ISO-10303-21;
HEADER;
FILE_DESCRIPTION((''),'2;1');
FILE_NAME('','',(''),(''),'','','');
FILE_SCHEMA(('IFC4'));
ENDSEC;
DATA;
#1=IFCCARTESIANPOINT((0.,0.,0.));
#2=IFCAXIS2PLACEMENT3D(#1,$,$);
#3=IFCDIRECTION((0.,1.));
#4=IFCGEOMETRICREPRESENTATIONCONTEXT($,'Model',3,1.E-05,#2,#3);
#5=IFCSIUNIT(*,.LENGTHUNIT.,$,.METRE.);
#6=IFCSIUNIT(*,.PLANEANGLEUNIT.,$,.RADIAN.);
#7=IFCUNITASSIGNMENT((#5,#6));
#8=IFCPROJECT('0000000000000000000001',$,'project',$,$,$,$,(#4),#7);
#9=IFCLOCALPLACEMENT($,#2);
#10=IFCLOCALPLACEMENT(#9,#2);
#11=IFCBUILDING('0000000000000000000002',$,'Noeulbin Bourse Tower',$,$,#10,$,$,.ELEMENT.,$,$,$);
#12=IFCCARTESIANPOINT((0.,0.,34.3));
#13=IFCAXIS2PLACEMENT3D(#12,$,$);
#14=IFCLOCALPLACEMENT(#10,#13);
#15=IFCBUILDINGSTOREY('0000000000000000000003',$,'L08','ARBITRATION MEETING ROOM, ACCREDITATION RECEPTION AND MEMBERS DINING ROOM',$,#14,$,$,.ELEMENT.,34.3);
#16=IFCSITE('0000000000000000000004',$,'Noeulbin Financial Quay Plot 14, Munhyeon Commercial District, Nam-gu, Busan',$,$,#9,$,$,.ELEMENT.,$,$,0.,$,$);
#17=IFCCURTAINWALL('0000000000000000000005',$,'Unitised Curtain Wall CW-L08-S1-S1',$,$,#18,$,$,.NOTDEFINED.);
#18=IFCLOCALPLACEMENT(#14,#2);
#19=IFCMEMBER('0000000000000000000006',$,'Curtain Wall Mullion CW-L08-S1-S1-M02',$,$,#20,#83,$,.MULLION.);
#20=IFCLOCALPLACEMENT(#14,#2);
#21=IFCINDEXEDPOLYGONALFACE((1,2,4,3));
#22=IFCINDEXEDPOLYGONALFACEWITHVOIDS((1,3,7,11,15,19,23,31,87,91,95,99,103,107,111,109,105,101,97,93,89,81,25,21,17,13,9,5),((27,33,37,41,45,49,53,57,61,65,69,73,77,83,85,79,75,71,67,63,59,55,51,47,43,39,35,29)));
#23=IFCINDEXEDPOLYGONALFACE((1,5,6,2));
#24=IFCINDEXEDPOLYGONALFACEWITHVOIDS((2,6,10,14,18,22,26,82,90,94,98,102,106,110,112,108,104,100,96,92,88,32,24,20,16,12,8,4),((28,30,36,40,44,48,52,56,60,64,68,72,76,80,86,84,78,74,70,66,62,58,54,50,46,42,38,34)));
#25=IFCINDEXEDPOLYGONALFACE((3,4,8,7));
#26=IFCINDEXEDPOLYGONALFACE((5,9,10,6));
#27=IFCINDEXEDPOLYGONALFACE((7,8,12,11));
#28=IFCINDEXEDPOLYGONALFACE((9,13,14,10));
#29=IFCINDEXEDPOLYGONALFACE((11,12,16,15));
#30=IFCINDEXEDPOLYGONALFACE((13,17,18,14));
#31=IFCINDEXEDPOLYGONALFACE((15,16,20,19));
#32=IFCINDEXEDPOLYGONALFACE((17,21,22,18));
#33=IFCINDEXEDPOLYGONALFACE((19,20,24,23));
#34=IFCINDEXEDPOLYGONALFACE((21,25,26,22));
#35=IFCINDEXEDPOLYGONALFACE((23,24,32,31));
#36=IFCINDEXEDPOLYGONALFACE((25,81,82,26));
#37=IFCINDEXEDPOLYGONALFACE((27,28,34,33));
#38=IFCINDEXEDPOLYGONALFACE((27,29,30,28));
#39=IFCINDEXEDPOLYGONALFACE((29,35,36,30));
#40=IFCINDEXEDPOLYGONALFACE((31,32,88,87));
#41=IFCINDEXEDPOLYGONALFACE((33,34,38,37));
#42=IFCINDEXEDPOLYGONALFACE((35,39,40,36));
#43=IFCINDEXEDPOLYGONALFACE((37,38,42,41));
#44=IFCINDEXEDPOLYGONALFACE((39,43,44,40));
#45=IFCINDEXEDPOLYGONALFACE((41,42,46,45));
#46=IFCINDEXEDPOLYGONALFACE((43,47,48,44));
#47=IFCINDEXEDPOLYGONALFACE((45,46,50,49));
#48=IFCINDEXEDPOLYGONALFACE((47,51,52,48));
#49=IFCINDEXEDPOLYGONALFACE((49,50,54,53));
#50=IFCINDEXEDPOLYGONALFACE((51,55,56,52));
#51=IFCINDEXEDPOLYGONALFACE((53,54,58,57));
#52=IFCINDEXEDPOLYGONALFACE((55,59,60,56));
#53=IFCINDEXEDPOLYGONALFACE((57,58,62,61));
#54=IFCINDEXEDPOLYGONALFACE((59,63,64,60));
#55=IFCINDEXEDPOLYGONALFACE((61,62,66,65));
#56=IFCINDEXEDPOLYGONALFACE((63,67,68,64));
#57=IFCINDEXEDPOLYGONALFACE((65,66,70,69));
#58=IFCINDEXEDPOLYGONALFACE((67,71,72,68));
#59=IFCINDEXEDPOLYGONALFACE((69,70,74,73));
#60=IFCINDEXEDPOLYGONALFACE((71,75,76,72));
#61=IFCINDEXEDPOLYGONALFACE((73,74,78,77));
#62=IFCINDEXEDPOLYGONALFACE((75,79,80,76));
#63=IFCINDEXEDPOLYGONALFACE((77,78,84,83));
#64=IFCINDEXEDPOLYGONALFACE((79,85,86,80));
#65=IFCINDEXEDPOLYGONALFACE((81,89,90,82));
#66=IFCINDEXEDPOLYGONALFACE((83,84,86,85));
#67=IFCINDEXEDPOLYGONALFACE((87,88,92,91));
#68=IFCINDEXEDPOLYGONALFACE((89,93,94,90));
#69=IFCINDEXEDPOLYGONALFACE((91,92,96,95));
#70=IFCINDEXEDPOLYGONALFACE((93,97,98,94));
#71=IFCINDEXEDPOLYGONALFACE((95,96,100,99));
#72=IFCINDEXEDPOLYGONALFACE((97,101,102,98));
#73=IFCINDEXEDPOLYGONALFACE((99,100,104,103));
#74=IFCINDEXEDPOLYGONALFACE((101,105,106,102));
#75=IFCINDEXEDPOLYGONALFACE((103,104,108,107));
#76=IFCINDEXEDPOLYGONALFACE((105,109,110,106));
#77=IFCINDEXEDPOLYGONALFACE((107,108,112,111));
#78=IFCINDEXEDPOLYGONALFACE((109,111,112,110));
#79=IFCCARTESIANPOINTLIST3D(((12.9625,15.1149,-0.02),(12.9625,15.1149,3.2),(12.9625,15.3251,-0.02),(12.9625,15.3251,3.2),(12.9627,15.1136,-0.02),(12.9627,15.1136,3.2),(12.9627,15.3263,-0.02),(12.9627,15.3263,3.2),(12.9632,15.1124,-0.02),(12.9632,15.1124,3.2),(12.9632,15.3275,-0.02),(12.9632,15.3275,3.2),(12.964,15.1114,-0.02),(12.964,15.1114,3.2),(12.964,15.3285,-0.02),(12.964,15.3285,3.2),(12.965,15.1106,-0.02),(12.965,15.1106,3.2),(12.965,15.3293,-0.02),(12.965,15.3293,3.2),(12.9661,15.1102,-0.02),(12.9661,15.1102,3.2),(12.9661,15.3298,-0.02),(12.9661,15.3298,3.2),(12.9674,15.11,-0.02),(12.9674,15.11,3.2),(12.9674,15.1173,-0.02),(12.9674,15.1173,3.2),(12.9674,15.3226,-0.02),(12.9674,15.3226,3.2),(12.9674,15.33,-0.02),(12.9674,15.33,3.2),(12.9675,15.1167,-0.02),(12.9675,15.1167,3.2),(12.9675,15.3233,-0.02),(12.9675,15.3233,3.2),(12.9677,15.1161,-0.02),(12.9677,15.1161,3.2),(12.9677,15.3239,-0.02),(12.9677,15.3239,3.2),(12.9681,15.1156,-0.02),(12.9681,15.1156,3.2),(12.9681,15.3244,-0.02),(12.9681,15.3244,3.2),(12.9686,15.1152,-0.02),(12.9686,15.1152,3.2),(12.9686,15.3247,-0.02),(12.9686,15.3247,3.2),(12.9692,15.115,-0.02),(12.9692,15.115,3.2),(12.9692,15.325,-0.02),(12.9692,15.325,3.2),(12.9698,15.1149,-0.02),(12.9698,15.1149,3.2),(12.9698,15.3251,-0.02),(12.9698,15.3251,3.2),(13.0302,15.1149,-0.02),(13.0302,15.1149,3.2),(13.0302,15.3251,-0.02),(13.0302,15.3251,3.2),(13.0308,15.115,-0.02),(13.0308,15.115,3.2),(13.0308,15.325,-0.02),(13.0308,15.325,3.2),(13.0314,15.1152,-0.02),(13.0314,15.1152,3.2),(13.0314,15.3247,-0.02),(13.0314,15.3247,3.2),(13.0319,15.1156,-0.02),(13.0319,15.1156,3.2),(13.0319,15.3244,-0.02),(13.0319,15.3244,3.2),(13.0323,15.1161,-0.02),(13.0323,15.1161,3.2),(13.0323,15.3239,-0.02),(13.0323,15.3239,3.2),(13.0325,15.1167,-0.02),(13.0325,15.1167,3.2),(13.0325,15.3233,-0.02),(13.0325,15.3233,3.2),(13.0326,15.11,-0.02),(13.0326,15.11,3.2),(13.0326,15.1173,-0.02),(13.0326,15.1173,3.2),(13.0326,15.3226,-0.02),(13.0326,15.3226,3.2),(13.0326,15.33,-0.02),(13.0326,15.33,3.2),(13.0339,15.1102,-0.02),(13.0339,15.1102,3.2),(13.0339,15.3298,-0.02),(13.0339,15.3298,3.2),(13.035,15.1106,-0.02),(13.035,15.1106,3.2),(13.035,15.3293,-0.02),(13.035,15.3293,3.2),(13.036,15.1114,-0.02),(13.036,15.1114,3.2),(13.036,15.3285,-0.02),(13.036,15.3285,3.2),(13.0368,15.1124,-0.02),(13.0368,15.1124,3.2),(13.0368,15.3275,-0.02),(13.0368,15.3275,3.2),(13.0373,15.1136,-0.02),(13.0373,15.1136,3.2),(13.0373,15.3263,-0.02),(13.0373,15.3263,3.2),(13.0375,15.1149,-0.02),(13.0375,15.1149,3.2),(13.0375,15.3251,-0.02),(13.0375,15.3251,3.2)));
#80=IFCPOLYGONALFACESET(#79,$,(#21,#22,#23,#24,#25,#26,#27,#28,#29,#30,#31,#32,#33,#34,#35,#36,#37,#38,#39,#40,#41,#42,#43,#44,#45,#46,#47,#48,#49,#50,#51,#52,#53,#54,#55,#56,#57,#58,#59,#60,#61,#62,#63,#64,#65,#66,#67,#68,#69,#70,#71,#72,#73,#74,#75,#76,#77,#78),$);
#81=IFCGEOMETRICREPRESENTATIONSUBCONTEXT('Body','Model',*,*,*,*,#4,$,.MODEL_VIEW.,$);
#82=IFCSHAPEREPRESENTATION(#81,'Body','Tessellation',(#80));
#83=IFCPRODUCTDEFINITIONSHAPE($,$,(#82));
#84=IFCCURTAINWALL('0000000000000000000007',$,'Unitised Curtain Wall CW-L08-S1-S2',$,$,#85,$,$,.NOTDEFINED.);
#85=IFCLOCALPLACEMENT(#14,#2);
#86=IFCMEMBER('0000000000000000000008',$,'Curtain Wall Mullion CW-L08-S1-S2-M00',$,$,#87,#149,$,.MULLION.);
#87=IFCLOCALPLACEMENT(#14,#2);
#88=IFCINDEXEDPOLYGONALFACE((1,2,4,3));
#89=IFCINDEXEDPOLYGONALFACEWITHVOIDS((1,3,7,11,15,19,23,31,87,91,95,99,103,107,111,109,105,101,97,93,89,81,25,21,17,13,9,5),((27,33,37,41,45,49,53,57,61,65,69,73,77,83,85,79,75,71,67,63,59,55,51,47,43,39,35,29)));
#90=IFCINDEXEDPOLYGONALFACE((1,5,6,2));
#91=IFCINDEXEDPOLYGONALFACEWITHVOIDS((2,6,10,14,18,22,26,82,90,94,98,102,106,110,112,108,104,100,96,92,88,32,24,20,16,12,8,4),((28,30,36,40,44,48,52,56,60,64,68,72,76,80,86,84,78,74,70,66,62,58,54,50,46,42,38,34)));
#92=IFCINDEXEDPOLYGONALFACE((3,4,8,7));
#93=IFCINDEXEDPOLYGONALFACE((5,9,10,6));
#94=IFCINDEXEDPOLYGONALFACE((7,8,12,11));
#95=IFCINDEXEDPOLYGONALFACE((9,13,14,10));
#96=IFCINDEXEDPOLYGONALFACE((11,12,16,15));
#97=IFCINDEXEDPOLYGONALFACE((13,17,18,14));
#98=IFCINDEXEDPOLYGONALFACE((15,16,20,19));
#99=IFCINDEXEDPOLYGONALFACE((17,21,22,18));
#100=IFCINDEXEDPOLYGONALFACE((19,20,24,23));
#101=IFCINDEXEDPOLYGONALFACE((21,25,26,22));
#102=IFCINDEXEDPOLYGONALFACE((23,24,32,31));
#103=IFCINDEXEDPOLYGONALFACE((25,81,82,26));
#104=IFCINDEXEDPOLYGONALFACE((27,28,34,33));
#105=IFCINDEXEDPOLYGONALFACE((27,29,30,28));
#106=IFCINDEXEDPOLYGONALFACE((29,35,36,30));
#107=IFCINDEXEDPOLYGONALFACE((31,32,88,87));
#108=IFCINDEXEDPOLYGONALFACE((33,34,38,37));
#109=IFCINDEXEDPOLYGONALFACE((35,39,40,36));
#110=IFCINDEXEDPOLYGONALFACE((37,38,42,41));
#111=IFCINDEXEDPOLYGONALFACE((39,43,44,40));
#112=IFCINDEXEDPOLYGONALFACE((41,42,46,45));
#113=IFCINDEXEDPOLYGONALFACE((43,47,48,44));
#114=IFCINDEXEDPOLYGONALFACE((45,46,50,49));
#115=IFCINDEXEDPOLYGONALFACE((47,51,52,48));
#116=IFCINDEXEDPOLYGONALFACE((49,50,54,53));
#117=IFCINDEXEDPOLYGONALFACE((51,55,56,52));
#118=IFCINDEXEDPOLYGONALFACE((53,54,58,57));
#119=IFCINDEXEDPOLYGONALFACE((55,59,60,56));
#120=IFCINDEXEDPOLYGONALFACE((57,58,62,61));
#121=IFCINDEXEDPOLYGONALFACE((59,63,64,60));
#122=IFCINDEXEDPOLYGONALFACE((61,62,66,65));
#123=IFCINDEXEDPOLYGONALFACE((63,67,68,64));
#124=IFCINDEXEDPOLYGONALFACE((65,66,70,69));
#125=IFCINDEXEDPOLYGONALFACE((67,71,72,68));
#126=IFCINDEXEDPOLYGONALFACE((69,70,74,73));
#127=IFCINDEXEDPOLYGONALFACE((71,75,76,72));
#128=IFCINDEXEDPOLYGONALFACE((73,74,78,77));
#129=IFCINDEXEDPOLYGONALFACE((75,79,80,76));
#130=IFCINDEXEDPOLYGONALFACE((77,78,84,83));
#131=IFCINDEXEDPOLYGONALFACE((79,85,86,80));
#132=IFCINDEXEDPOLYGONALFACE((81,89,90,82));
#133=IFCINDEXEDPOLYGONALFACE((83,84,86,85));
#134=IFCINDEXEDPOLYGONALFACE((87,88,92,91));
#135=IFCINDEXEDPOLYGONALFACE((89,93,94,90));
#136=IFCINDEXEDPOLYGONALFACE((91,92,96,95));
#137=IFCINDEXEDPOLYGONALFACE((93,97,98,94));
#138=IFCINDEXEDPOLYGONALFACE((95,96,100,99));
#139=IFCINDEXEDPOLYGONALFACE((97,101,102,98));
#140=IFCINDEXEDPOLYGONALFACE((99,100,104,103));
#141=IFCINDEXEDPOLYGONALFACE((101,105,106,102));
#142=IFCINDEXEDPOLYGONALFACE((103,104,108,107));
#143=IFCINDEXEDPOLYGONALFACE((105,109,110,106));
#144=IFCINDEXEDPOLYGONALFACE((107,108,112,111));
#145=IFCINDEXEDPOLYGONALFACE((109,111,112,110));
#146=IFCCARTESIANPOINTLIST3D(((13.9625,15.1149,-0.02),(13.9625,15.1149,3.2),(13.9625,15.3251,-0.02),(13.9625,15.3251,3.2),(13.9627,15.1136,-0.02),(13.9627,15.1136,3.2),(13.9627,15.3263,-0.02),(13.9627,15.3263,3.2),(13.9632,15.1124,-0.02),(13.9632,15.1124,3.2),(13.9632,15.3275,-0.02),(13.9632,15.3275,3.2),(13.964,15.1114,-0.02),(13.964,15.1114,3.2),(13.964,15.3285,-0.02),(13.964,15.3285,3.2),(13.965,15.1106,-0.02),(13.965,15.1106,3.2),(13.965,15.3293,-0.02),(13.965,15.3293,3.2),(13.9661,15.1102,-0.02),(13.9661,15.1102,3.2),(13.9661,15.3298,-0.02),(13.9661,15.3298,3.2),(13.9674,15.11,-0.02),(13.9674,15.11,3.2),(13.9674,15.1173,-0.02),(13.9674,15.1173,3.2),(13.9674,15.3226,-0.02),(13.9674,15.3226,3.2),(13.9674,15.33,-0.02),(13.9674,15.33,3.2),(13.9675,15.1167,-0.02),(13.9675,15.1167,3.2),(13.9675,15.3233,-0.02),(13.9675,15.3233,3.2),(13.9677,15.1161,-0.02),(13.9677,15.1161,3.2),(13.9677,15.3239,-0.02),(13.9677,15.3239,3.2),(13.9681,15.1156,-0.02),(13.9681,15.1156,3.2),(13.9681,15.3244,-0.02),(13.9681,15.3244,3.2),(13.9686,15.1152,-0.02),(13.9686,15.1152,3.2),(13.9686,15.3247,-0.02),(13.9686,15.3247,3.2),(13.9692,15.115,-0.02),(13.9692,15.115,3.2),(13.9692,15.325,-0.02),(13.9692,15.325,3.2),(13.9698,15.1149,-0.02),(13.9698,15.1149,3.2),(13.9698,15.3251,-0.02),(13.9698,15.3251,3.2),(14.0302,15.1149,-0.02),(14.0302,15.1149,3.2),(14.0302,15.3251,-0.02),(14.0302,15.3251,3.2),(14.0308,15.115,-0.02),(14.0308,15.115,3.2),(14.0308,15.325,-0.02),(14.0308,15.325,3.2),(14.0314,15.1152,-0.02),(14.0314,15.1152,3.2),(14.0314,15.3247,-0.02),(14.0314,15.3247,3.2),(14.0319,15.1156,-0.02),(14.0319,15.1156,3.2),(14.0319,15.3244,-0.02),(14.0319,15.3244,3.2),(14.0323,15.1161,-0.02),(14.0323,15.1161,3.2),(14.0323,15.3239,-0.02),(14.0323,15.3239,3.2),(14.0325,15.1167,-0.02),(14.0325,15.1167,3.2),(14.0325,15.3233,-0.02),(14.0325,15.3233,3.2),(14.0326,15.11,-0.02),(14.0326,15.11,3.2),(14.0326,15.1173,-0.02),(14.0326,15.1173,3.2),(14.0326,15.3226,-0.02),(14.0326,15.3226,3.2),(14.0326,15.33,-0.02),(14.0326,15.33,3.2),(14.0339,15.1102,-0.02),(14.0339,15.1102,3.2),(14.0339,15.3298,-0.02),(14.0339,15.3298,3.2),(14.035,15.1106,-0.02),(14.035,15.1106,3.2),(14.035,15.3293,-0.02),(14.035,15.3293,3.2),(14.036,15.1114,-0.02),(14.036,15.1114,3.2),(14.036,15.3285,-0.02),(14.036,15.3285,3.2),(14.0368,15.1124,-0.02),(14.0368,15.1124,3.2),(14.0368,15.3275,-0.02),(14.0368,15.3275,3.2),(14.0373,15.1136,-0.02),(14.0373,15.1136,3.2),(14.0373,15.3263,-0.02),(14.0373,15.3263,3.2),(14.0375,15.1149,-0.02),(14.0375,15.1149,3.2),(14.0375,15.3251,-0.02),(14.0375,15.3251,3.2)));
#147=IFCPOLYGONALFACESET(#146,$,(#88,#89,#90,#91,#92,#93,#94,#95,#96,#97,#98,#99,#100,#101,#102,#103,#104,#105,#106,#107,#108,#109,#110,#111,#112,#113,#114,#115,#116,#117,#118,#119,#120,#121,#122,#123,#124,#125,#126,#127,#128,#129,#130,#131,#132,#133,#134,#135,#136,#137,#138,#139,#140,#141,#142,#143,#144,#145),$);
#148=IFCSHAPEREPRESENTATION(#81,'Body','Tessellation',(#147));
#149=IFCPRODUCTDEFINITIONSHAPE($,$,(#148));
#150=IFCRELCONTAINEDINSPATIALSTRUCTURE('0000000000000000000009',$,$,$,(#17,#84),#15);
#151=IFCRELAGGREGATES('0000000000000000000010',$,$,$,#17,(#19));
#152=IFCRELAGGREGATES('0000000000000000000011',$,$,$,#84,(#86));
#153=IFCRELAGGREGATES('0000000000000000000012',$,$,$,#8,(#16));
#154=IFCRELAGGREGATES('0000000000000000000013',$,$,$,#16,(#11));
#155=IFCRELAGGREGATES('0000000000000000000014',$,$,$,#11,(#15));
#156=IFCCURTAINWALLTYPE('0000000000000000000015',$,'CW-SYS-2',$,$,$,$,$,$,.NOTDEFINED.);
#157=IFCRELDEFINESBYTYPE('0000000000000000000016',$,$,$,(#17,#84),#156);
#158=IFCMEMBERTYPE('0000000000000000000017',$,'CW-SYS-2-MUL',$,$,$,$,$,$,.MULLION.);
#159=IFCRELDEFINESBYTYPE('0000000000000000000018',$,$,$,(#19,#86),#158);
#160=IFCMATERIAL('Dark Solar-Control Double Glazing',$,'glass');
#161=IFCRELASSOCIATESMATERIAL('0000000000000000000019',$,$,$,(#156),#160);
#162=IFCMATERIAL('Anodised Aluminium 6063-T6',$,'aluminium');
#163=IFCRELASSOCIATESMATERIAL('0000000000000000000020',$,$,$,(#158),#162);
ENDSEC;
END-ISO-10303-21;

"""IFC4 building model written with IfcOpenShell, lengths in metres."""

from ifc_helpers import new_model, si_unit, direction, frame, origin, origin_2d, place, context, subcontext, project, spatial, hollow_rectangle, extrude, material, material_profile, profile_set, type_object, element, aggregate, save


model = new_model("IFC4")

# Units and contexts
model_context = context("Model", 3, precision=1e-05, world=origin(), true_north=direction((0.0, 1.0)))
body_context = subcontext(model_context, "Body", "Model", "MODEL_VIEW")
ifc_project = project(units=[si_unit("LENGTHUNIT", "METRE"), si_unit("PLANEANGLEUNIT", "RADIAN")], contexts=[model_context])

# Site, building, storey
site_placement = place(None, origin())
site = spatial("IfcSite", under=ifc_project, at=site_placement, Name="Noeulbin Financial Quay Plot 14, Munhyeon Commercial District, Nam-gu, Busan", CompositionType="ELEMENT", RefElevation=0.0)
building_placement = place(site_placement, origin())
building = spatial("IfcBuilding", under=site, at=building_placement, Name="Noeulbin Bourse Tower", CompositionType="ELEMENT")
storey_placement = place(building_placement, frame((0.0, 0.0, 34.3)))
storey = spatial("IfcBuildingStorey", under=building, at=storey_placement, Name="L08", Description="ARBITRATION MEETING ROOM, ACCREDITATION RECEPTION AND MEMBERS DINING ROOM", CompositionType="ELEMENT", Elevation=34.3)

# Curtain wall, member
ifc_material_1 = material(Name="Dark Solar-Control Double Glazing", Category="glass")
curtain_wall_type = type_object("IfcCurtainWallType", Name="CW-SYS-2", PredefinedType="NOTDEFINED", material=ifc_material_1)
curtain_wall_1_placement = place(storey_placement, origin())
curtain_wall_1 = element("IfcCurtainWall", 1, at=curtain_wall_1_placement, inside=storey, type_object=curtain_wall_type, Name="Unitised Curtain Wall CW-L08-S1-S1", PredefinedType="NOTDEFINED")
ifc_material_2 = material(Name="Anodised Aluminium 6063-T6", Category="aluminium")
ifc_material_profile_1 = material_profile(ifc_material_2, hollow_rectangle(XDim=0.075, YDim=0.22, WallThickness=0.0049, InnerFilletRadius=0.0024, OuterFilletRadius=0.0049, at=origin_2d()), Name="ALU-MULL-75x220x5", Category="LoadBearing")
ifc_profile_set_1 = profile_set([ifc_material_profile_1], Name="Anodised Aluminium 6063-T6")
member_type_1 = type_object("IfcMemberType", Name="CW-SYS-2-MUL", PredefinedType="MULLION", material=ifc_profile_set_1)
member_1_placement = place(storey_placement, frame((13.0, 15.22, -0.02), z_axis=(0.0, 0.0, 1.0), x_axis=(1.0, 0.0, 0.0)))
member_1 = element("IfcMember", 2, at=member_1_placement, type_object=member_type_1, Name="Curtain Wall Mullion CW-L08-S1-S1-M02", PredefinedType="MULLION", context=body_context, shape_type="SweptSolid", body=[
    extrude(hollow_rectangle(XDim=0.075, YDim=0.22, WallThickness=0.0049, InnerFilletRadius=0.0024, OuterFilletRadius=0.0049, at=origin_2d()), origin(), (0.0, 0.0, 1.0), 3.22),
])

# Curtain wall, member
curtain_wall_2_placement = place(storey_placement, origin())
curtain_wall_2 = element("IfcCurtainWall", 3, at=curtain_wall_2_placement, inside=storey, type_object=curtain_wall_type, Name="Unitised Curtain Wall CW-L08-S1-S2", PredefinedType="NOTDEFINED")
member_2_placement = place(storey_placement, frame((14.0, 15.22, -0.02), z_axis=(0.0, 0.0, 1.0), x_axis=(1.0, 0.0, 0.0)))
member_2 = element("IfcMember", 4, at=member_2_placement, type_object=member_type_1, Name="Curtain Wall Mullion CW-L08-S1-S2-M00", PredefinedType="MULLION", context=body_context, shape_type="SweptSolid", body=[
    extrude(hollow_rectangle(XDim=0.075, YDim=0.22, WallThickness=0.0049, InnerFilletRadius=0.0024, OuterFilletRadius=0.0049, at=origin_2d()), origin(), (0.0, 0.0, 1.0), 3.22),
])

aggregate(curtain_wall_1, [member_1])
aggregate(curtain_wall_2, [member_2])

save(model, "model.ifc")
